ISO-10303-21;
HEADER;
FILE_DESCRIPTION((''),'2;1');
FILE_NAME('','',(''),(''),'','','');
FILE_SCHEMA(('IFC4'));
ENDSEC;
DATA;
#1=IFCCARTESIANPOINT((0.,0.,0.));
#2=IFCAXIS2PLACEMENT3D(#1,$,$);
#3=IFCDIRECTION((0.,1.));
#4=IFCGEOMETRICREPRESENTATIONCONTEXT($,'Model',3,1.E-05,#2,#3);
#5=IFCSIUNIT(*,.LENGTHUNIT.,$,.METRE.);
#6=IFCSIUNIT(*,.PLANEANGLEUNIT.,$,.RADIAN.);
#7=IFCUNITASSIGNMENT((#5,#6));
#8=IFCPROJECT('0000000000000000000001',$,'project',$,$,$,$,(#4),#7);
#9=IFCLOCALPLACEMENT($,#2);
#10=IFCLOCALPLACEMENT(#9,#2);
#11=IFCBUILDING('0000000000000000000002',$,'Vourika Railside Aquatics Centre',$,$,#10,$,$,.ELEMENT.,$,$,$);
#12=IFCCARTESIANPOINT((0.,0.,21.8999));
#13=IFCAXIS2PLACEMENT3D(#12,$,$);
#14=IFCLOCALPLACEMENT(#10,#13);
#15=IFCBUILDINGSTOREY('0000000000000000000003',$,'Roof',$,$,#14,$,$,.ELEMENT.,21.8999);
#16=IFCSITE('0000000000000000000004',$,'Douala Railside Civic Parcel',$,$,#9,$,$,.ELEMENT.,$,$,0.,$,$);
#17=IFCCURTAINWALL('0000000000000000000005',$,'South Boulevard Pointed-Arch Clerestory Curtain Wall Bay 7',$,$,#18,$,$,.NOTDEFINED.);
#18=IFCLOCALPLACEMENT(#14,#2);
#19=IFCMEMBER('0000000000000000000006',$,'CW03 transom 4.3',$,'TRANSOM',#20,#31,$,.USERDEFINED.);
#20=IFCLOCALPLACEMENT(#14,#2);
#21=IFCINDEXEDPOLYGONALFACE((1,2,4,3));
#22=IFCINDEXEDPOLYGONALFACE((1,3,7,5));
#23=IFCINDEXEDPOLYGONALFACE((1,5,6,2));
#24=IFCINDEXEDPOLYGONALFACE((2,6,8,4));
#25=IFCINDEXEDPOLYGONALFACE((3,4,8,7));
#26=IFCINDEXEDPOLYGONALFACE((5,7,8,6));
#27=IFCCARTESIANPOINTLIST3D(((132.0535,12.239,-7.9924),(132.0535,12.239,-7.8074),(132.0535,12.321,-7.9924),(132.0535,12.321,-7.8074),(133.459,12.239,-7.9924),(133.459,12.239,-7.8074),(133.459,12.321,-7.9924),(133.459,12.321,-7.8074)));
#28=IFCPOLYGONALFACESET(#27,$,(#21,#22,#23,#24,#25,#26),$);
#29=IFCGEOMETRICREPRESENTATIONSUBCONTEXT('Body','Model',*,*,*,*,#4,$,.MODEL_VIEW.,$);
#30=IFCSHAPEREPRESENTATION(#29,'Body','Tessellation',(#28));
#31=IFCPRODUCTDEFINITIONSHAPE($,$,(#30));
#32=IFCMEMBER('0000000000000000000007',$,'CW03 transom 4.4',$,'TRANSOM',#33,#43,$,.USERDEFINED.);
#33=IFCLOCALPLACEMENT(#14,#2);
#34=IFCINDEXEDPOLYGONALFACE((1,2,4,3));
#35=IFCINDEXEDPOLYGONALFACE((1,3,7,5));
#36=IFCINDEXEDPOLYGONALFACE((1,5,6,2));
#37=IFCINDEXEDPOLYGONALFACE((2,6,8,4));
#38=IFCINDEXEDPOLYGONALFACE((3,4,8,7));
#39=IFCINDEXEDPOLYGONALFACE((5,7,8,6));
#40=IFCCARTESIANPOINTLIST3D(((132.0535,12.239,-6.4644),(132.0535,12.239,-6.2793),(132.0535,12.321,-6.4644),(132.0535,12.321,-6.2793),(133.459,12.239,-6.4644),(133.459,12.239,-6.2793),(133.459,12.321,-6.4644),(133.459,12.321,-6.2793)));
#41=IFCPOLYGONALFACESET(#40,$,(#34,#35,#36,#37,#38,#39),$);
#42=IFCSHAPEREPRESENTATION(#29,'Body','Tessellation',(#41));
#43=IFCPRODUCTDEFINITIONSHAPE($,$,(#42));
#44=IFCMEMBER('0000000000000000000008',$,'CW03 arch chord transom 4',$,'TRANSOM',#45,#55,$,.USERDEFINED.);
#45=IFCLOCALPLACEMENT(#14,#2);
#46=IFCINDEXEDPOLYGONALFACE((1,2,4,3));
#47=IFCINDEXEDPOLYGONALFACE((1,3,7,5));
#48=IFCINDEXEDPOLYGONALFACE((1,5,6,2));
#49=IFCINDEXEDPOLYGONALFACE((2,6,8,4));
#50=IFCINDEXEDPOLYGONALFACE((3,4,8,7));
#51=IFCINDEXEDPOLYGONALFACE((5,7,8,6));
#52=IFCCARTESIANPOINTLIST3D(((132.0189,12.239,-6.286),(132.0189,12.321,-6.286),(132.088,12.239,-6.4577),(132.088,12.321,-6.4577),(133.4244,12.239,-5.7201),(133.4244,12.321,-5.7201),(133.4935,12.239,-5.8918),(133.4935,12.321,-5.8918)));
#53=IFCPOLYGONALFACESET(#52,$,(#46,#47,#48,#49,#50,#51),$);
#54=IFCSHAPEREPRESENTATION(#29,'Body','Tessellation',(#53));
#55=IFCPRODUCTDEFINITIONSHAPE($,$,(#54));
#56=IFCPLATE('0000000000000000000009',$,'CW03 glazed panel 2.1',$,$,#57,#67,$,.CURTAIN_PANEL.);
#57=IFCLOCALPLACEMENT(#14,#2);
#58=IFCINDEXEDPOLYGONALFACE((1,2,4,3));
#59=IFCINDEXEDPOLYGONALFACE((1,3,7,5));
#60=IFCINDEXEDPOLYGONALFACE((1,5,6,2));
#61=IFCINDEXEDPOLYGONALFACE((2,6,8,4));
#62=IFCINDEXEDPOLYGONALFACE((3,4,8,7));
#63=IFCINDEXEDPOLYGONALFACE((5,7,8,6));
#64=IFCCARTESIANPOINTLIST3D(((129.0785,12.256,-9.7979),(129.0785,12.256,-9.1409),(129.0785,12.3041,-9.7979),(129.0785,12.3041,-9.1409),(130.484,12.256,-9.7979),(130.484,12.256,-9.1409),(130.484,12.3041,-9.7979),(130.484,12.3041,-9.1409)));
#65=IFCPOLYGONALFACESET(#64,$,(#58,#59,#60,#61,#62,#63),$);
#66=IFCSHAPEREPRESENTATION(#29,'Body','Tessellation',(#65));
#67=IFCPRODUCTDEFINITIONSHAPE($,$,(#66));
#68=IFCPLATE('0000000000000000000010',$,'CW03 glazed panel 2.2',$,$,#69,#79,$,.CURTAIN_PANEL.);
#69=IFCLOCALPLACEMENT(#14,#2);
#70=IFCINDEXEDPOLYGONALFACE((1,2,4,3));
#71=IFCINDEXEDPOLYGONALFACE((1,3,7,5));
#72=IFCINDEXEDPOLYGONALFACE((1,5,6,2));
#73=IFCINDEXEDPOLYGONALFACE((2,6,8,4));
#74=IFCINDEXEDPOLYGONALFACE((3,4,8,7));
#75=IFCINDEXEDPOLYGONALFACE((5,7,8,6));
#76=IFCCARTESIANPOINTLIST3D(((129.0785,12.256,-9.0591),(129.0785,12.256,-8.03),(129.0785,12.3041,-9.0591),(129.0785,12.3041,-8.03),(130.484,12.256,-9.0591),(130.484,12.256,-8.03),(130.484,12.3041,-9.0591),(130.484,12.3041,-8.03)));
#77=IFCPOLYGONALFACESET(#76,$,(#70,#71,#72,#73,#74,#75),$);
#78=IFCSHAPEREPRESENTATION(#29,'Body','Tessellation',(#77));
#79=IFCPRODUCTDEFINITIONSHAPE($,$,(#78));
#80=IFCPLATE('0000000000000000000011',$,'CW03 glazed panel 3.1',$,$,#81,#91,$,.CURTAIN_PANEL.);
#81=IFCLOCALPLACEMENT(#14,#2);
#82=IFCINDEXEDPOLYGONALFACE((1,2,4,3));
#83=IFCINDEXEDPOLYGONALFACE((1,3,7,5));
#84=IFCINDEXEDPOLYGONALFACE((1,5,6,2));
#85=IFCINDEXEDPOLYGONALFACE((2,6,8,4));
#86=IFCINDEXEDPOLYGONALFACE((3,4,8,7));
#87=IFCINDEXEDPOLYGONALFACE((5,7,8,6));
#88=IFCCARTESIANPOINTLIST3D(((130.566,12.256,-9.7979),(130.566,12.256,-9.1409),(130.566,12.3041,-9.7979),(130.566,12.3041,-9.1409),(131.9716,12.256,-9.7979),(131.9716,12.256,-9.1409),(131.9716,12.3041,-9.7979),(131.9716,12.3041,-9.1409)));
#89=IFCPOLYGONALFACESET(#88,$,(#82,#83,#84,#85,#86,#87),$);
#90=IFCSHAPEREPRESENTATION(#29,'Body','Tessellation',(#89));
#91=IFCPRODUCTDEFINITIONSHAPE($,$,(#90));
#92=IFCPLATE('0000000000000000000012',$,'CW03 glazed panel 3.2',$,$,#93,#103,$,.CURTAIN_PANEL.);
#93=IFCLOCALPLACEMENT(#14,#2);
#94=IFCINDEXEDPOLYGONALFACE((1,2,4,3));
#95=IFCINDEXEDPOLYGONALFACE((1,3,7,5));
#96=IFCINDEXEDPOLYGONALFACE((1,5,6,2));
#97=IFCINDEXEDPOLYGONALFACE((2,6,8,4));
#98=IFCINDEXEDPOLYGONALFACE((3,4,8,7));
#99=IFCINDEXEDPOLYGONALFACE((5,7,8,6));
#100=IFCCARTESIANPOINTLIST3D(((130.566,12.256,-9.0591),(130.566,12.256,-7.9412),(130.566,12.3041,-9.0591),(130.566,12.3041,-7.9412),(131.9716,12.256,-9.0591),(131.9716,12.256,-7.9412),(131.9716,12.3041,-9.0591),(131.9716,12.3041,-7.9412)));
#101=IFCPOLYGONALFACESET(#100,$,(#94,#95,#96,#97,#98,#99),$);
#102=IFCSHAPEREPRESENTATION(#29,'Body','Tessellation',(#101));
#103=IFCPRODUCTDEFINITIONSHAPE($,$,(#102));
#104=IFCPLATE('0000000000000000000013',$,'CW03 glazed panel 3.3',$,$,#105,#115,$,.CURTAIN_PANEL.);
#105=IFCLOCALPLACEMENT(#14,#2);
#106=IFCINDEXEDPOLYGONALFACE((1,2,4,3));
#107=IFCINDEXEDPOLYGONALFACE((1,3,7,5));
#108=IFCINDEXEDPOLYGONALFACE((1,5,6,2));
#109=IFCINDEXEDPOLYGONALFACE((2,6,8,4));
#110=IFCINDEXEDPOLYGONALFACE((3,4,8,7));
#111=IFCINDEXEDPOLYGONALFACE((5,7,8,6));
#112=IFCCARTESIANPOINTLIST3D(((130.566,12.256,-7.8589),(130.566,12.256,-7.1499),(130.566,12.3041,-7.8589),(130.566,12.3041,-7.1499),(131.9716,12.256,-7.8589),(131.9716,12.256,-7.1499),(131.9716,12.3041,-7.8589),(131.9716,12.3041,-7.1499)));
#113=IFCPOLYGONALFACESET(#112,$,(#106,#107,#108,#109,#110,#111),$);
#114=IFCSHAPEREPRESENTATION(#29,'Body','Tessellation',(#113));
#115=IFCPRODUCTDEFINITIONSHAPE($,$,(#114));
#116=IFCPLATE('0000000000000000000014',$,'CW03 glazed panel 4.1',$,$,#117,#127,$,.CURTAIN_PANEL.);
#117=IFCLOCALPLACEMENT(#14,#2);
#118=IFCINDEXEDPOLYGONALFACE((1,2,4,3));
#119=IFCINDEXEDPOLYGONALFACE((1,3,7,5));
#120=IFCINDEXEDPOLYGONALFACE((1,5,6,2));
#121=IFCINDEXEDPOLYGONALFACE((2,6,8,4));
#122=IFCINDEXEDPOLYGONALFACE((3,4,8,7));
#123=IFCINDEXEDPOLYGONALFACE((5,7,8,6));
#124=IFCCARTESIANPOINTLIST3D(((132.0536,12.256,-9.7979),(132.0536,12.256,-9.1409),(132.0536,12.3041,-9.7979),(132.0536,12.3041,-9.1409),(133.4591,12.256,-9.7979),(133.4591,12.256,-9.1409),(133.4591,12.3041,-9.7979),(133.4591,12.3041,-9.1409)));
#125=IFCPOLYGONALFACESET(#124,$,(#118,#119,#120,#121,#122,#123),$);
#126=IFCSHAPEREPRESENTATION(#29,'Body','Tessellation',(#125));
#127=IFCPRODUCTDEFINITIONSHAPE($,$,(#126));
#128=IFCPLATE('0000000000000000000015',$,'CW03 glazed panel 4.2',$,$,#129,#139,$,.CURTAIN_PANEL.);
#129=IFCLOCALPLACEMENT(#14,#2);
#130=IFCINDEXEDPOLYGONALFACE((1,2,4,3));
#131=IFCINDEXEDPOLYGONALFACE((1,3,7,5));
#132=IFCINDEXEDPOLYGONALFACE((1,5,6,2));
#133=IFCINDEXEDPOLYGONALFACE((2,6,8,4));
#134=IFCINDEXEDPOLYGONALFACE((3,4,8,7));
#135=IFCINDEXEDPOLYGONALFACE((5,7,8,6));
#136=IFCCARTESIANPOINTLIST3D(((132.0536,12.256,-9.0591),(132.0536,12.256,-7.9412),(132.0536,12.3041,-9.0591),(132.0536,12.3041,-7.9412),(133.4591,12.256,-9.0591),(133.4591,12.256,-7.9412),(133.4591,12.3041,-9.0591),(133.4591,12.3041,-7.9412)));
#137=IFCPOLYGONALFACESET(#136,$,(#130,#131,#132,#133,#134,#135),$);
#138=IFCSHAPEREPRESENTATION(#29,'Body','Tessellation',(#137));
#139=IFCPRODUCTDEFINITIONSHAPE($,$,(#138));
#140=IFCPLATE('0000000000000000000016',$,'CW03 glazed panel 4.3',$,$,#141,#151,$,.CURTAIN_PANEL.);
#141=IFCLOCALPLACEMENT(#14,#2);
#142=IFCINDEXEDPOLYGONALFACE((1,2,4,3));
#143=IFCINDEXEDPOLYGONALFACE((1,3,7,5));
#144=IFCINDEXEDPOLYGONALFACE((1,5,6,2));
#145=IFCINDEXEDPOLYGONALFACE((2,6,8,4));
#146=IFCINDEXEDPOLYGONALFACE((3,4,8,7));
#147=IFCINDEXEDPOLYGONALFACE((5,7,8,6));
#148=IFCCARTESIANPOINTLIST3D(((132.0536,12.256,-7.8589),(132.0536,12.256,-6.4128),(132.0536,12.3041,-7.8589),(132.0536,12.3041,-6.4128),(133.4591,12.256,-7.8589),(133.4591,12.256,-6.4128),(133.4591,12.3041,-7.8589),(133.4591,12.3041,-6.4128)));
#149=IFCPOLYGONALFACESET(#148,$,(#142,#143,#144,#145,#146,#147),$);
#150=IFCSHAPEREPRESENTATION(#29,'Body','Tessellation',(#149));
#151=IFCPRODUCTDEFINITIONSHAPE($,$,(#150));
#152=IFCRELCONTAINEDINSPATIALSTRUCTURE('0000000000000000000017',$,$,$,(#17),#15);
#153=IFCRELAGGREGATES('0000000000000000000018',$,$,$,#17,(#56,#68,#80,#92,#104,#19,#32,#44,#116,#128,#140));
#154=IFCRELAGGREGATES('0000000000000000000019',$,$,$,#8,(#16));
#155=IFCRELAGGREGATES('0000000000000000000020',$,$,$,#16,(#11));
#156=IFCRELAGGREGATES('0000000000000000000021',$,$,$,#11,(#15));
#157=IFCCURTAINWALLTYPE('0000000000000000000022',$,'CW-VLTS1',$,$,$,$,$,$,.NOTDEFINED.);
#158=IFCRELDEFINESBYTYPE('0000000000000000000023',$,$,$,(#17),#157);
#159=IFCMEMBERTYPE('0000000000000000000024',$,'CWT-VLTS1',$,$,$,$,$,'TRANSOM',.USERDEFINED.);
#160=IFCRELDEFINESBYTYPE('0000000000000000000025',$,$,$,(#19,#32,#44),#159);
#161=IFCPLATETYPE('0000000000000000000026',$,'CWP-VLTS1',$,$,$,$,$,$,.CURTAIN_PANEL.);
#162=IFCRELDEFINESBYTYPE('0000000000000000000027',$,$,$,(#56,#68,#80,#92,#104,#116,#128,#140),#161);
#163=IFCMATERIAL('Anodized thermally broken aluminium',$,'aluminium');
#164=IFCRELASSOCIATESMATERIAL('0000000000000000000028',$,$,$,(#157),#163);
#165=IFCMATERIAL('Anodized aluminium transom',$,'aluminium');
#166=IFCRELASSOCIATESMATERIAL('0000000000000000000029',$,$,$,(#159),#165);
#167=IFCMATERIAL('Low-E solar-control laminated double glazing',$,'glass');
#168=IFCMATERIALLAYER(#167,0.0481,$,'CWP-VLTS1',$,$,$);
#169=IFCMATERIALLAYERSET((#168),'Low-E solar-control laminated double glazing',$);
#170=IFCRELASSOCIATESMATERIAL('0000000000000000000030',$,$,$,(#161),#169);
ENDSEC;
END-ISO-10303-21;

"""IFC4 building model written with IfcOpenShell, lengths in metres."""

from ifc_helpers import new_model, si_unit, direction, frame, origin, origin_2d, place, context, subcontext, project, spatial, rectangle, extrude, material, layer, layer_set, material_profile, profile_set, type_object, element, aggregate, save


model = new_model("IFC4")

# Units and contexts
model_context = context("Model", 3, precision=1e-05, world=origin(), true_north=direction((0.0, 1.0)))
body_context = subcontext(model_context, "Body", "Model", "MODEL_VIEW")
ifc_project = project(units=[si_unit("LENGTHUNIT", "METRE"), si_unit("PLANEANGLEUNIT", "RADIAN")], contexts=[model_context])

# Site, building, storey
site_placement = place(None, origin())
site = spatial("IfcSite", under=ifc_project, at=site_placement, Name="Douala Railside Civic Parcel", CompositionType="ELEMENT", RefElevation=0.0)
building_placement = place(site_placement, origin())
building = spatial("IfcBuilding", under=site, at=building_placement, Name="Vourika Railside Aquatics Centre", CompositionType="ELEMENT")
storey_placement = place(building_placement, frame((0.0, 0.0, 21.8999)))
storey = spatial("IfcBuildingStorey", under=building, at=storey_placement, Name="Roof", CompositionType="ELEMENT", Elevation=21.8999)

# Curtain wall, members, plates
ifc_material_1 = material(Name="Anodized thermally broken aluminium", Category="aluminium")
curtain_wall_type = type_object("IfcCurtainWallType", Name="CW-VLTS1", PredefinedType="NOTDEFINED", material=ifc_material_1)
curtain_wall_placement = place(storey_placement, origin())
curtain_wall = element("IfcCurtainWall", 1, at=curtain_wall_placement, inside=storey, type_object=curtain_wall_type, Name="South Boulevard Pointed-Arch Clerestory Curtain Wall Bay 7", PredefinedType="NOTDEFINED")
ifc_material_2 = material(Name="Anodized aluminium transom", Category="aluminium")
ifc_material_profile_1 = material_profile(ifc_material_2, rectangle(XDim=0.082, YDim=0.1851, at=origin_2d()), Name="ALU-T 82x185")
ifc_profile_set_1 = profile_set([ifc_material_profile_1], Name="Anodized aluminium transom")
member_type_1 = type_object("IfcMemberType", Name="CWT-VLTS1", ElementType="TRANSOM", PredefinedType="USERDEFINED", material=ifc_profile_set_1)
member_1_placement = place(storey_placement, frame((132.0535, 12.28, -7.8999), z_axis=(1.0, 0.0, 0.0), x_axis=(0.0, 1.0, 0.0)))
member_1 = element("IfcMember", 2, at=member_1_placement, type_object=member_type_1, Name="CW03 transom 4.3", ObjectType="TRANSOM", PredefinedType="USERDEFINED", context=body_context, shape_type="SweptSolid", body=[
    extrude(rectangle(XDim=0.082, YDim=0.1851, at=origin_2d()), origin(), (0.0, 0.0, 1.0), 1.4055),
])
member_2_placement = place(storey_placement, frame((132.0535, 12.28, -6.3718), z_axis=(1.0, 0.0, 0.0), x_axis=(0.0, 1.0, 0.0)))
member_2 = element("IfcMember", 3, at=member_2_placement, type_object=member_type_1, Name="CW03 transom 4.4", ObjectType="TRANSOM", PredefinedType="USERDEFINED", context=body_context, shape_type="SweptSolid", body=[
    extrude(rectangle(XDim=0.082, YDim=0.1851, at=origin_2d()), origin(), (0.0, 0.0, 1.0), 1.4055),
])
member_3_placement = place(storey_placement, frame((132.0535, 12.28, -6.3718), z_axis=(0.92763, 0.0, 0.373501), x_axis=(0.0, 1.0, 0.0)))
member_3 = element("IfcMember", 4, at=member_3_placement, type_object=member_type_1, Name="CW03 arch chord transom 4", ObjectType="TRANSOM", PredefinedType="USERDEFINED", context=body_context, shape_type="SweptSolid", body=[
    extrude(rectangle(XDim=0.082, YDim=0.1851, at=origin_2d()), origin(), (0.0, 0.0, 1.0), 1.5151),
])
ifc_material_3 = material(Name="Low-E solar-control laminated double glazing", Category="glass")
ifc_layer = layer(ifc_material_3, 0.0481, Name="CWP-VLTS1")
ifc_layer_set = layer_set([ifc_layer], Name="Low-E solar-control laminated double glazing")
plate_type = type_object("IfcPlateType", Name="CWP-VLTS1", PredefinedType="CURTAIN_PANEL", material=ifc_layer_set)
plate_1_placement = place(storey_placement, frame((129.7812, 12.28, -9.7979), z_axis=(0.0, 0.0, 1.0), x_axis=(1.0, 0.0, 0.0)))
plate_1 = element("IfcPlate", 5, at=plate_1_placement, type_object=plate_type, Name="CW03 glazed panel 2.1", PredefinedType="CURTAIN_PANEL", context=body_context, shape_type="SweptSolid", body=[
    extrude(rectangle(XDim=1.4055, YDim=0.0481, at=origin_2d()), origin(), (0.0, 0.0, 1.0), 0.657),
])
plate_2_placement = place(storey_placement, frame((129.7812, 12.28, -9.0591), z_axis=(0.0, 0.0, 1.0), x_axis=(1.0, 0.0, 0.0)))
plate_2 = element("IfcPlate", 6, at=plate_2_placement, type_object=plate_type, Name="CW03 glazed panel 2.2", PredefinedType="CURTAIN_PANEL", context=body_context, shape_type="SweptSolid", body=[
    extrude(rectangle(XDim=1.4055, YDim=0.0481, at=origin_2d()), origin(), (0.0, 0.0, 1.0), 1.0291),
])
plate_3_placement = place(storey_placement, frame((131.2688, 12.28, -9.7979), z_axis=(0.0, 0.0, 1.0), x_axis=(1.0, 0.0, 0.0)))
plate_3 = element("IfcPlate", 7, at=plate_3_placement, type_object=plate_type, Name="CW03 glazed panel 3.1", PredefinedType="CURTAIN_PANEL", context=body_context, shape_type="SweptSolid", body=[
    extrude(rectangle(XDim=1.4055, YDim=0.0481, at=origin_2d()), origin(), (0.0, 0.0, 1.0), 0.657),
])
plate_4_placement = place(storey_placement, frame((131.2688, 12.28, -9.0591), z_axis=(0.0, 0.0, 1.0), x_axis=(1.0, 0.0, 0.0)))
plate_4 = element("IfcPlate", 8, at=plate_4_placement, type_object=plate_type, Name="CW03 glazed panel 3.2", PredefinedType="CURTAIN_PANEL", context=body_context, shape_type="SweptSolid", body=[
    extrude(rectangle(XDim=1.4055, YDim=0.0481, at=origin_2d()), origin(), (0.0, 0.0, 1.0), 1.1179),
])
plate_5_placement = place(storey_placement, frame((131.2688, 12.28, -7.8589), z_axis=(0.0, 0.0, 1.0), x_axis=(1.0, 0.0, 0.0)))
plate_5 = element("IfcPlate", 9, at=plate_5_placement, type_object=plate_type, Name="CW03 glazed panel 3.3", PredefinedType="CURTAIN_PANEL", context=body_context, shape_type="SweptSolid", body=[
    extrude(rectangle(XDim=1.4055, YDim=0.0481, at=origin_2d()), origin(), (0.0, 0.0, 1.0), 0.709),
])
plate_6_placement = place(storey_placement, frame((132.7563, 12.28, -9.7979), z_axis=(0.0, 0.0, 1.0), x_axis=(1.0, 0.0, 0.0)))
plate_6 = element("IfcPlate", 10, at=plate_6_placement, type_object=plate_type, Name="CW03 glazed panel 4.1", PredefinedType="CURTAIN_PANEL", context=body_context, shape_type="SweptSolid", body=[
    extrude(rectangle(XDim=1.4055, YDim=0.0481, at=origin_2d()), origin(), (0.0, 0.0, 1.0), 0.657),
])
plate_7_placement = place(storey_placement, frame((132.7563, 12.28, -9.0591), z_axis=(0.0, 0.0, 1.0), x_axis=(1.0, 0.0, 0.0)))
plate_7 = element("IfcPlate", 11, at=plate_7_placement, type_object=plate_type, Name="CW03 glazed panel 4.2", PredefinedType="CURTAIN_PANEL", context=body_context, shape_type="SweptSolid", body=[
    extrude(rectangle(XDim=1.4055, YDim=0.0481, at=origin_2d()), origin(), (0.0, 0.0, 1.0), 1.1179),
])
plate_8_placement = place(storey_placement, frame((132.7563, 12.28, -7.8589), z_axis=(0.0, 0.0, 1.0), x_axis=(1.0, 0.0, 0.0)))
plate_8 = element("IfcPlate", 12, at=plate_8_placement, type_object=plate_type, Name="CW03 glazed panel 4.3", PredefinedType="CURTAIN_PANEL", context=body_context, shape_type="SweptSolid", body=[
    extrude(rectangle(XDim=1.4055, YDim=0.0481, at=origin_2d()), origin(), (0.0, 0.0, 1.0), 1.446),
])
aggregate(curtain_wall, [plate_1, plate_2, plate_3, plate_4, plate_5, member_1, member_2, member_3, plate_6, plate_7, plate_8])

save(model, "model.ifc")
